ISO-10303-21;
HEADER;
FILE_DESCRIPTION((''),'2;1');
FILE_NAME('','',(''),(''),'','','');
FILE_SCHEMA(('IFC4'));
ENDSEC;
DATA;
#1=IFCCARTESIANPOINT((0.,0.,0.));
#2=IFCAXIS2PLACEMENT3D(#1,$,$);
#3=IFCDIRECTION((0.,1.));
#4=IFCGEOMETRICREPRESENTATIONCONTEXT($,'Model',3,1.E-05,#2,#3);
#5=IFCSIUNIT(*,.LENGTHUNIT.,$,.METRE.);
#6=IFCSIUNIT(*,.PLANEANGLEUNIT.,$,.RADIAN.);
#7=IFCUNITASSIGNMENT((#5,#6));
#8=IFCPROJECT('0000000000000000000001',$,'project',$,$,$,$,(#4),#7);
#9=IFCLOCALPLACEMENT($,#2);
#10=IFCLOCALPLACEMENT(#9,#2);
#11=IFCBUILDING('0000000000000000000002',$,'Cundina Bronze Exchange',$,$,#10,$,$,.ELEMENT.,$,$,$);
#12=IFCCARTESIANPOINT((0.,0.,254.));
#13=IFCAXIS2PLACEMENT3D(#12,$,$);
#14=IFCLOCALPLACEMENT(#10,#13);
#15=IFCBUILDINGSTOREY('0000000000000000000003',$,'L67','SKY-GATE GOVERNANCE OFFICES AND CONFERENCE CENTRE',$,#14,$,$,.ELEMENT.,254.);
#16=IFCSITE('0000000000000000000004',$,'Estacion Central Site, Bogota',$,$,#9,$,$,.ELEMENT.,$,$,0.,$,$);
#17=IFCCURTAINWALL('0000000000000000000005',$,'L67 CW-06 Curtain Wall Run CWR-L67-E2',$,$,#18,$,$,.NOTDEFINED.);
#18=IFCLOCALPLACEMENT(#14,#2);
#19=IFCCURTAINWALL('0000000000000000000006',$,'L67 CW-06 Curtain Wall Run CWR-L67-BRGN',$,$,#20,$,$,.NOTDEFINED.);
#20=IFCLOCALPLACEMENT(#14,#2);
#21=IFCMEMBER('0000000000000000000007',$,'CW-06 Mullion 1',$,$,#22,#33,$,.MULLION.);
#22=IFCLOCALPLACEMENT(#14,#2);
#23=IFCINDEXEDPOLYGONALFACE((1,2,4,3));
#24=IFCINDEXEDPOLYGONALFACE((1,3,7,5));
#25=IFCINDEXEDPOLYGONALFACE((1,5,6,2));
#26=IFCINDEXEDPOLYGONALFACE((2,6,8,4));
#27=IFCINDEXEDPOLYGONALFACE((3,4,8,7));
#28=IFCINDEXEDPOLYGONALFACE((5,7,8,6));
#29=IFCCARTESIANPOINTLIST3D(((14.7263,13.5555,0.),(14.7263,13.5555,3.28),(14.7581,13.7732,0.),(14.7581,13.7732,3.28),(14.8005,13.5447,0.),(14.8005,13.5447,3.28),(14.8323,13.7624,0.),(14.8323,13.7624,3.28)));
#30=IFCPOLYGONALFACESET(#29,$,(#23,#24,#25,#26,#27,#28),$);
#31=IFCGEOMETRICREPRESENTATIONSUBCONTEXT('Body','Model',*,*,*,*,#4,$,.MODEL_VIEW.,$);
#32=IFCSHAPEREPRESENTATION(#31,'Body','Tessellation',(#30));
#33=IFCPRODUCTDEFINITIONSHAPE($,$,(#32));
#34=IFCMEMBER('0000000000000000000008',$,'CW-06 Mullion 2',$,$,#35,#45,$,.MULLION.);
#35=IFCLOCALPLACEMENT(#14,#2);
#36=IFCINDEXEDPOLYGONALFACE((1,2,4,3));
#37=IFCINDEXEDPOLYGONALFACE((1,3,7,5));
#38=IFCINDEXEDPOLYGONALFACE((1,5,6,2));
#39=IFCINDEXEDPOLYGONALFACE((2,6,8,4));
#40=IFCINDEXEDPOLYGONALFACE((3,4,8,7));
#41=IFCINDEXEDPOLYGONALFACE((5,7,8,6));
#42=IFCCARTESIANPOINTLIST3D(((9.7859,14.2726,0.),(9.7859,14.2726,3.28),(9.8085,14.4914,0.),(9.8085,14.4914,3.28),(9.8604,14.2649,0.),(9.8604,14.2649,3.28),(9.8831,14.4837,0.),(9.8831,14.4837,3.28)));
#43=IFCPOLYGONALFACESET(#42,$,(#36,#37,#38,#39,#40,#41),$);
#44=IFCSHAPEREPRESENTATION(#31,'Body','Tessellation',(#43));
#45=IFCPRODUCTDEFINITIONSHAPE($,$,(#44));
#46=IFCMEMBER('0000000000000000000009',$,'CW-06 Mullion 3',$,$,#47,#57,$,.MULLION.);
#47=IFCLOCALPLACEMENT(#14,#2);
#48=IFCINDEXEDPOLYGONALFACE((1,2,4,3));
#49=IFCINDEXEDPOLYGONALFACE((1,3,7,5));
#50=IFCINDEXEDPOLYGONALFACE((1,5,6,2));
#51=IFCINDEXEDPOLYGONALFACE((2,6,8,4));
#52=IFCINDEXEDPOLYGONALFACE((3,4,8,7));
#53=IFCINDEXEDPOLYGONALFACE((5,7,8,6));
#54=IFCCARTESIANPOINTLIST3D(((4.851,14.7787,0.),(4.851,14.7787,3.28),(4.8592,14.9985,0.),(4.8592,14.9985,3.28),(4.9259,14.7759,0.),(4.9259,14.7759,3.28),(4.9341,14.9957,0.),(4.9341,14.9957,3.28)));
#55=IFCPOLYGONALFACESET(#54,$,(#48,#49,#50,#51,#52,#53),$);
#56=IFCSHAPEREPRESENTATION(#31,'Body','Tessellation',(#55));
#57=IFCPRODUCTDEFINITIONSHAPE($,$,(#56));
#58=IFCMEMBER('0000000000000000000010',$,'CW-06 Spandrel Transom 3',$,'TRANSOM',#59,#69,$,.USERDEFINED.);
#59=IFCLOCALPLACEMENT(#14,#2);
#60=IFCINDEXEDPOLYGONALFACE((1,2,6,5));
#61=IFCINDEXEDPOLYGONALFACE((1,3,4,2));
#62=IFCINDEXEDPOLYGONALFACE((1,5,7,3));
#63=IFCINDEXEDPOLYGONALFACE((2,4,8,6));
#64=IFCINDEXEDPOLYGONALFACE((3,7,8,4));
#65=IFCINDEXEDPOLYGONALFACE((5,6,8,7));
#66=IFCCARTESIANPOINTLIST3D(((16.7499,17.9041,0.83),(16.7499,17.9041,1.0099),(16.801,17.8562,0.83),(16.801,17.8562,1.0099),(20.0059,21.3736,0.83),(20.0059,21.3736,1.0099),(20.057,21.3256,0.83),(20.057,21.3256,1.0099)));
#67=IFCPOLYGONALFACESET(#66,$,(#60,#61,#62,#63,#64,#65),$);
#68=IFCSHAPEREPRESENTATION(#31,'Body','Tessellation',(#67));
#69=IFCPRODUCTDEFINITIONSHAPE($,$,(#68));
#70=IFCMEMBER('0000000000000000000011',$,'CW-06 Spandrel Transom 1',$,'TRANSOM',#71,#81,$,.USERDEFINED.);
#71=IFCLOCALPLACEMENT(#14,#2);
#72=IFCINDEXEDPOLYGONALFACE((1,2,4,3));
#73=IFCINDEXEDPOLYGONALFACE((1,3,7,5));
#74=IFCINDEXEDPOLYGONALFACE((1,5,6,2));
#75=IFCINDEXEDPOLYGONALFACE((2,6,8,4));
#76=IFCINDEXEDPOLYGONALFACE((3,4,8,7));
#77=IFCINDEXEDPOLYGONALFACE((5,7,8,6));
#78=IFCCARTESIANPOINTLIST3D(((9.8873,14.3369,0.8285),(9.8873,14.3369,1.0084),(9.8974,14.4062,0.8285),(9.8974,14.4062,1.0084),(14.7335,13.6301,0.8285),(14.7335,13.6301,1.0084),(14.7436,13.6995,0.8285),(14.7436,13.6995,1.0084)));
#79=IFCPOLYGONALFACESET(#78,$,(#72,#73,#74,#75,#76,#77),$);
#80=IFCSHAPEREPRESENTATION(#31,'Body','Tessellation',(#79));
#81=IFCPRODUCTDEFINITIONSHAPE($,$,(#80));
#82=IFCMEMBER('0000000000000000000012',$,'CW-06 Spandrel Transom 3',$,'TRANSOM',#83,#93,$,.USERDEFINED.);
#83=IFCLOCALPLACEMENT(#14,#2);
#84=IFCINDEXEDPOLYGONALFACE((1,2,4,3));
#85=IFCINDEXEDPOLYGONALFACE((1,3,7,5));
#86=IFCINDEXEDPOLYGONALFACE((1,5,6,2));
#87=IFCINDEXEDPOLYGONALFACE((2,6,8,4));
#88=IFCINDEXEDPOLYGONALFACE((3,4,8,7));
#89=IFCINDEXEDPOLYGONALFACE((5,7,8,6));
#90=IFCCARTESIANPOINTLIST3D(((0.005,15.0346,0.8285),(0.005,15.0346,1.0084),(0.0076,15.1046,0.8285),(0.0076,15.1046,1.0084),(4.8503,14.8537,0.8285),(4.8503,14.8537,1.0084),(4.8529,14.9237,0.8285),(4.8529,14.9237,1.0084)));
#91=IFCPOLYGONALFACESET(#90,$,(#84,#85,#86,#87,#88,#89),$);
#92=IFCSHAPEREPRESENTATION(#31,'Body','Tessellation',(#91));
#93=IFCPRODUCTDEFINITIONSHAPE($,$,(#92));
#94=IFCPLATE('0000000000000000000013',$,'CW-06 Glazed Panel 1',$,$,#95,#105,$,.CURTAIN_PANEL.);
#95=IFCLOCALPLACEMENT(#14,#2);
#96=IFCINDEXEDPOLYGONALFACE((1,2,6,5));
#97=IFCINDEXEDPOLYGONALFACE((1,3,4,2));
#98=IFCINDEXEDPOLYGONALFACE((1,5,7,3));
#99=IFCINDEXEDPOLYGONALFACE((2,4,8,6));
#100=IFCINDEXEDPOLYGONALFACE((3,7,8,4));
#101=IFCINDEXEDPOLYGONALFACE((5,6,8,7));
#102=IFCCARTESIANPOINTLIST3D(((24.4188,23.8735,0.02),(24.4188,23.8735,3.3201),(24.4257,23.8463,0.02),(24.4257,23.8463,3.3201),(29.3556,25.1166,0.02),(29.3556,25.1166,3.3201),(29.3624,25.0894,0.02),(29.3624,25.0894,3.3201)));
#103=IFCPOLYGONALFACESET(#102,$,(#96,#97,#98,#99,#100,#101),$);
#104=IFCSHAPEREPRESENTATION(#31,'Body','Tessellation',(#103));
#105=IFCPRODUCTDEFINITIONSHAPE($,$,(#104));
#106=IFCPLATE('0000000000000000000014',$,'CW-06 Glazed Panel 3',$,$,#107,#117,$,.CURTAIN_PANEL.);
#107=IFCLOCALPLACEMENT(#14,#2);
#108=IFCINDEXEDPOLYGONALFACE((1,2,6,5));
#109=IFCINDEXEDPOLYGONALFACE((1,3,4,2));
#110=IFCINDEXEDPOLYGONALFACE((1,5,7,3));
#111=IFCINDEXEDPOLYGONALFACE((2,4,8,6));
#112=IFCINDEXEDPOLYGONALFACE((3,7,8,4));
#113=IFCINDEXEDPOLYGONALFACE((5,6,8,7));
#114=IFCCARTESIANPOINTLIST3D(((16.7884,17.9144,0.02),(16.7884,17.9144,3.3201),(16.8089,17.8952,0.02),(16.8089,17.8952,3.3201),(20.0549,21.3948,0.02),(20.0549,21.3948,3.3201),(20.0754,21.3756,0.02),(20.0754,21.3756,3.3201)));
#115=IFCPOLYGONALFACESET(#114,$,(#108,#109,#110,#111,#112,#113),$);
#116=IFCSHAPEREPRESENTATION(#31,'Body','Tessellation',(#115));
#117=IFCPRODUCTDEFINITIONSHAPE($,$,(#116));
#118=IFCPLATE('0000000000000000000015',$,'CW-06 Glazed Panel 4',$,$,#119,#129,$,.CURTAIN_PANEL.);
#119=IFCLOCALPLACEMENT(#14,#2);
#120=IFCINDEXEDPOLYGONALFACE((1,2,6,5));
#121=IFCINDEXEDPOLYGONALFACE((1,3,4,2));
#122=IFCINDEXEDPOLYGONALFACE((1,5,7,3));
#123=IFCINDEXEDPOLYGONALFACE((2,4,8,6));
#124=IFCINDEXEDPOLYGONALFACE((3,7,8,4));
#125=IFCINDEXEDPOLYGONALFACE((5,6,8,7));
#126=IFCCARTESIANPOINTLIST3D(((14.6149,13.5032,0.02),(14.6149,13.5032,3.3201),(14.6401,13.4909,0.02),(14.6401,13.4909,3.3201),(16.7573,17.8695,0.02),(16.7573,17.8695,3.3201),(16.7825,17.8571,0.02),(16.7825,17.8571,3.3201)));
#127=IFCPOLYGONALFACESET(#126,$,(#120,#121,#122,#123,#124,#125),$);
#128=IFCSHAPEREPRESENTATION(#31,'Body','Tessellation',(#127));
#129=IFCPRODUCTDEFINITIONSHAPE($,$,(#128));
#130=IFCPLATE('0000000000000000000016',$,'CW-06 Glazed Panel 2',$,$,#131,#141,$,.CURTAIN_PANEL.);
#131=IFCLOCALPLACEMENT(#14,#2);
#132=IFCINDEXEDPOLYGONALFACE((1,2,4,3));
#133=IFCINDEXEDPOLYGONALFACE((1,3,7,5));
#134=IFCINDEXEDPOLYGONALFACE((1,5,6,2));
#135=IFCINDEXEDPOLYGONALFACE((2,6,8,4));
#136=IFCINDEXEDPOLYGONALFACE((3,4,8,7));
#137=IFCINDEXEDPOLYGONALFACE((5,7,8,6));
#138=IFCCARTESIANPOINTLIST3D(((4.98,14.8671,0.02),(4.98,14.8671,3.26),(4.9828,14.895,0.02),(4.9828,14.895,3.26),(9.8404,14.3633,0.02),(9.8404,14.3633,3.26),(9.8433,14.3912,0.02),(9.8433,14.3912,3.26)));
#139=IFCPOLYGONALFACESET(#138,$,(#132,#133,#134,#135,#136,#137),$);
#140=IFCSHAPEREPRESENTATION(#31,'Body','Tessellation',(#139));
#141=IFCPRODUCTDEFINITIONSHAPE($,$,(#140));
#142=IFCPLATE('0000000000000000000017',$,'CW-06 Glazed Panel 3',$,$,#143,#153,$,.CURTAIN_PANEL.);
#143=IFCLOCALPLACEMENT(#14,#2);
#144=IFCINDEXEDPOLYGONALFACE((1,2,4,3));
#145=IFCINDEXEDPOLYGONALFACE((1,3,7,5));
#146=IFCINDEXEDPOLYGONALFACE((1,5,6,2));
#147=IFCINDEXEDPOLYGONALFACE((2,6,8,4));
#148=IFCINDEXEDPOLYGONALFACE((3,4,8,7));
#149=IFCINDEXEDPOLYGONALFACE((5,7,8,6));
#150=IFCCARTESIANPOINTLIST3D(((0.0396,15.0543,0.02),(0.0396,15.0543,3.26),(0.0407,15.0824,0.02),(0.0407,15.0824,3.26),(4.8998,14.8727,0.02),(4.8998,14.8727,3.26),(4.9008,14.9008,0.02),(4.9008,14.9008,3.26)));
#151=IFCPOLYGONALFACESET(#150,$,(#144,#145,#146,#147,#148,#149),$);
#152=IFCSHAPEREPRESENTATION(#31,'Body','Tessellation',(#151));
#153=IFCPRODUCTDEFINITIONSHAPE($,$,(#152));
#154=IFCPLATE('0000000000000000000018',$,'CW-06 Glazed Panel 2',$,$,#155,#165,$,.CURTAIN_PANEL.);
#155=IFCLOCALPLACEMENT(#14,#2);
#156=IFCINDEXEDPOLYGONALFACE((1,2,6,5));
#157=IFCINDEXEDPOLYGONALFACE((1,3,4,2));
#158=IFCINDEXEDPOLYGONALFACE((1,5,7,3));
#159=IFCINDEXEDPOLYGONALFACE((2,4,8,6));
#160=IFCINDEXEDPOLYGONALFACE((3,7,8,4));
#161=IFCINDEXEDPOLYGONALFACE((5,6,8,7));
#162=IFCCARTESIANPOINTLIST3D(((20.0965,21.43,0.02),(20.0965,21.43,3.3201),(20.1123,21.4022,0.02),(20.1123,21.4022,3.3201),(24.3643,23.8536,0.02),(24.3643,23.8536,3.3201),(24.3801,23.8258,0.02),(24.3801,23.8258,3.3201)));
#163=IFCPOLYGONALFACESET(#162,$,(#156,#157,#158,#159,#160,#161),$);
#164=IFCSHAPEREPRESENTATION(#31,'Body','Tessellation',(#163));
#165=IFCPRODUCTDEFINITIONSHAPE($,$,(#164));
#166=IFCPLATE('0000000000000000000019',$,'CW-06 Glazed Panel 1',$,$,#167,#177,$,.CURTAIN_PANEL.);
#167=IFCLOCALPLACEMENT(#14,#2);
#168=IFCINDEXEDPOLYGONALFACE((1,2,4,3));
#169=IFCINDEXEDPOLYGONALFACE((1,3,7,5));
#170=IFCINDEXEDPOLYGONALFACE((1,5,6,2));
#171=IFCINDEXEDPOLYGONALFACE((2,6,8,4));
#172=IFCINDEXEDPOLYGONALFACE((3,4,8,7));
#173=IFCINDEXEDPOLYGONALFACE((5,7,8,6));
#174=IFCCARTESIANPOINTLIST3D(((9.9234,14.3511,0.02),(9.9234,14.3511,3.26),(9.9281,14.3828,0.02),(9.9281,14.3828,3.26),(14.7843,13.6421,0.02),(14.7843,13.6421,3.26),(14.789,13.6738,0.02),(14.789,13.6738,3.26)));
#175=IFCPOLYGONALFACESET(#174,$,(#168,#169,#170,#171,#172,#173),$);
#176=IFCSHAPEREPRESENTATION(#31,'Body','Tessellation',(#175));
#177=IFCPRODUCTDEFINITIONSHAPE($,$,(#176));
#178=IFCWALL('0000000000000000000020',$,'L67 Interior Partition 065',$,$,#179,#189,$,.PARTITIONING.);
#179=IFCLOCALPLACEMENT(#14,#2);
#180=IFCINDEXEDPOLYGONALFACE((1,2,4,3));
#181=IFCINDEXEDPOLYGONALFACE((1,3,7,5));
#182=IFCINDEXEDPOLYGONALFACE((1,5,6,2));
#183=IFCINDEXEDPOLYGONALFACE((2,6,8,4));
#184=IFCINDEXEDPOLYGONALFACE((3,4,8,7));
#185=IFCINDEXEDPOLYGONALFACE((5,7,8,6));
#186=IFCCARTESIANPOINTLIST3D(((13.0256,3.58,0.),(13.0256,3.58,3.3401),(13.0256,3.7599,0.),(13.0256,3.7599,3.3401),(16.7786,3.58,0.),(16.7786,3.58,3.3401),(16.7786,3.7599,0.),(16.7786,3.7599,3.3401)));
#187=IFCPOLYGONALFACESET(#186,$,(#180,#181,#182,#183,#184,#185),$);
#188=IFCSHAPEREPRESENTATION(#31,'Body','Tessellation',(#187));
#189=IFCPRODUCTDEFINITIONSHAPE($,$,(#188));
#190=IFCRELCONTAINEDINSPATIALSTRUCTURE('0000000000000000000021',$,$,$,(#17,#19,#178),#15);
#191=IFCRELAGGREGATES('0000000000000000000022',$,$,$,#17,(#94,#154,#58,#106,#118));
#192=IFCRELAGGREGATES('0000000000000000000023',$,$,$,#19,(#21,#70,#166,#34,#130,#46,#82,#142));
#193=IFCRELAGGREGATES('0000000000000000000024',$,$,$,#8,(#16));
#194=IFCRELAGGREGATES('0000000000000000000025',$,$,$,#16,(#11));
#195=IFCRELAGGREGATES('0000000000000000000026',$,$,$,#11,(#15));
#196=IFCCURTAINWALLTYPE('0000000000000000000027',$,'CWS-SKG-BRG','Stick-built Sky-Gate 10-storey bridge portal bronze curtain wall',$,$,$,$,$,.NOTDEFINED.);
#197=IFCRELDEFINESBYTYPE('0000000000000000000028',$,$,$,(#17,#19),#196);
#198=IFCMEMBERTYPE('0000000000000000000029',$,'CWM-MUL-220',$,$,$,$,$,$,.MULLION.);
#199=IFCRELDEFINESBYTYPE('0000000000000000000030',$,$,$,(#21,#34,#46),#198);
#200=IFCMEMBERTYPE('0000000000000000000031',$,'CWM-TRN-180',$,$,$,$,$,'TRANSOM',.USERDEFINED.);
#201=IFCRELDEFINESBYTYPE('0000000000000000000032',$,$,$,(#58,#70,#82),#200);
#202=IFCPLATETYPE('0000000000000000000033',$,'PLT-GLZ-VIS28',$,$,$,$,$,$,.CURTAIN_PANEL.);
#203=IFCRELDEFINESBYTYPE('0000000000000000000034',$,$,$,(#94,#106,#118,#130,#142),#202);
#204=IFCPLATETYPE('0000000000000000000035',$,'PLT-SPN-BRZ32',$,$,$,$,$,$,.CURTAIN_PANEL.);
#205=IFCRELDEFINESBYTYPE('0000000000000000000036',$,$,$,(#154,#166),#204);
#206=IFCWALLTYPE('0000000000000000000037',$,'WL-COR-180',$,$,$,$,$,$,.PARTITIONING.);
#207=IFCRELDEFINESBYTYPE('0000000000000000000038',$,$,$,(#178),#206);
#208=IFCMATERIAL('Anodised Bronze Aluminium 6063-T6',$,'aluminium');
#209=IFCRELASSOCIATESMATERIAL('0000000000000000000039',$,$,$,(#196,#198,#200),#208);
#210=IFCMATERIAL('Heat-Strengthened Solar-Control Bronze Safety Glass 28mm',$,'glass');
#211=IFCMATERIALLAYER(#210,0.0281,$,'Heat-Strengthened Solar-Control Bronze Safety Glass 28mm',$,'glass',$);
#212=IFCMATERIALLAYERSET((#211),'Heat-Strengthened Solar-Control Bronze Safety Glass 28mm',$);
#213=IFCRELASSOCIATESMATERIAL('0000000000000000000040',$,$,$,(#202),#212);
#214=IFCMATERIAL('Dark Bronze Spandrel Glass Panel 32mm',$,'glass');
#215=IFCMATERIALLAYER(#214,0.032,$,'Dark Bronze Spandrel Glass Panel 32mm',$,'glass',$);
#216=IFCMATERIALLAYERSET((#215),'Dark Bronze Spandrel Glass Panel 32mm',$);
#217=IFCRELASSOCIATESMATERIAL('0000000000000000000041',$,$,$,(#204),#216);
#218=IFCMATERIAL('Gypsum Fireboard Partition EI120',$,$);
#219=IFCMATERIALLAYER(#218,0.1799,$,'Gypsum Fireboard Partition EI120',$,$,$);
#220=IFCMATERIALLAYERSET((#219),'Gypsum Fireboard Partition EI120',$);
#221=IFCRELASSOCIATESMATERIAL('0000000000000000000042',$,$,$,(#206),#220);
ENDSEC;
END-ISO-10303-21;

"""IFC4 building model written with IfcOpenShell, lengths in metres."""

from ifc_helpers import new_model, si_unit, direction, frame, frame_2d, origin, origin_2d, place, context, subcontext, project, spatial, rectangle, extrude, material, layer, layer_set, material_profile, profile_set, type_object, element, aggregate, save


model = new_model("IFC4")

# Units and contexts
model_context = context("Model", 3, precision=1e-05, world=origin(), true_north=direction((0.0, 1.0)))
body_context = subcontext(model_context, "Body", "Model", "MODEL_VIEW")
ifc_project = project(units=[si_unit("LENGTHUNIT", "METRE"), si_unit("PLANEANGLEUNIT", "RADIAN")], contexts=[model_context])

# Site, building, storey
site_placement = place(None, origin())
site = spatial("IfcSite", under=ifc_project, at=site_placement, Name="Estacion Central Site, Bogota", CompositionType="ELEMENT", RefElevation=0.0)
building_placement = place(site_placement, origin())
building = spatial("IfcBuilding", under=site, at=building_placement, Name="Cundina Bronze Exchange", CompositionType="ELEMENT")
storey_placement = place(building_placement, frame((0.0, 0.0, 254.0)))
storey = spatial("IfcBuildingStorey", under=building, at=storey_placement, Name="L67", Description="SKY-GATE GOVERNANCE OFFICES AND CONFERENCE CENTRE", CompositionType="ELEMENT", Elevation=254.0)

# Curtain walls, members
ifc_material_1 = material(Name="Anodised Bronze Aluminium 6063-T6", Category="aluminium")
curtain_wall_type = type_object("IfcCurtainWallType", Name="CWS-SKG-BRG", Description="Stick-built Sky-Gate 10-storey bridge portal bronze curtain wall", PredefinedType="NOTDEFINED", material=ifc_material_1)
curtain_wall_1_placement = place(storey_placement, origin())
curtain_wall_1 = element("IfcCurtainWall", 1, at=curtain_wall_1_placement, inside=storey, type_object=curtain_wall_type, Name="L67 CW-06 Curtain Wall Run CWR-L67-E2", PredefinedType="NOTDEFINED")
ifc_material_profile_1 = material_profile(ifc_material_1, rectangle(XDim=0.075, YDim=0.22, at=origin_2d()), Name="AL75X220", Category="aluminium")
ifc_profile_set_1 = profile_set([ifc_material_profile_1], Name="Anodised Bronze Aluminium 6063-T6")
member_type_1 = type_object("IfcMemberType", Name="CWM-MUL-220", PredefinedType="MULLION", material=ifc_profile_set_1)
curtain_wall_2_placement = place(storey_placement, origin())
curtain_wall_2 = element("IfcCurtainWall", 2, at=curtain_wall_2_placement, inside=storey, type_object=curtain_wall_type, Name="L67 CW-06 Curtain Wall Run CWR-L67-BRGN", PredefinedType="NOTDEFINED")
member_1_placement = place(storey_placement, frame((14.7793, 13.6589, 0.0), z_axis=(0.0, 0.0, 1.0), x_axis=(-0.989526, 0.144356, 0.0)))
member_1 = element("IfcMember", 3, at=member_1_placement, type_object=member_type_1, Name="CW-06 Mullion 1", PredefinedType="MULLION", context=body_context, shape_type="SweptSolid", body=[
    extrude(rectangle(XDim=0.075, YDim=0.22, at=origin_2d()), origin(), (0.0, 0.0, 1.0), 3.28),
])
member_2_placement = place(storey_placement, frame((9.8345, 14.3782, 0.0), z_axis=(0.0, 0.0, 1.0), x_axis=(-0.994667, 0.10314, 0.0)))
member_2 = element("IfcMember", 4, at=member_2_placement, type_object=member_type_1, Name="CW-06 Mullion 2", PredefinedType="MULLION", context=body_context, shape_type="SweptSolid", body=[
    extrude(rectangle(XDim=0.075, YDim=0.22, at=origin_2d()), origin(), (0.0, 0.0, 1.0), 3.28),
])
member_3_placement = place(storey_placement, frame((4.8926, 14.8872, 0.0), z_axis=(0.0, 0.0, 1.0), x_axis=(-0.999303, 0.037341, 0.0)))
member_3 = element("IfcMember", 5, at=member_3_placement, type_object=member_type_1, Name="CW-06 Mullion 3", PredefinedType="MULLION", context=body_context, shape_type="SweptSolid", body=[
    extrude(rectangle(XDim=0.075, YDim=0.22, at=origin_2d()), origin(), (0.0, 0.0, 1.0), 3.28),
])

# Members
ifc_material_profile_2 = material_profile(ifc_material_1, rectangle(XDim=0.0701, YDim=0.1799, at=origin_2d()), Name="AL70X180", Category="aluminium")
ifc_profile_set_2 = profile_set([ifc_material_profile_2], Name="Anodised Bronze Aluminium 6063-T6")
member_type_2 = type_object("IfcMemberType", Name="CWM-TRN-180", ElementType="TRANSOM", PredefinedType="USERDEFINED", material=ifc_profile_set_2)
member_4_placement = place(storey_placement, frame((20.0315, 21.3496, 0.9199), z_axis=(-0.684328, -0.729174, 0.0), x_axis=(0.729174, -0.684328, 0.0)))
member_4 = element("IfcMember", 6, at=member_4_placement, type_object=member_type_2, Name="CW-06 Spandrel Transom 3", ObjectType="TRANSOM", PredefinedType="USERDEFINED", context=body_context, shape_type="SweptSolid", body=[
    extrude(rectangle(XDim=0.0701, YDim=0.1799, at=origin_2d()), origin(), (0.0, 0.0, 1.0), 4.7581),
])
member_5_placement = place(storey_placement, frame((14.7385, 13.6648, 0.9185), z_axis=(-0.989531, 0.144317, 0.0), x_axis=(-0.144317, -0.989531, 0.0)))
member_5 = element("IfcMember", 7, at=member_5_placement, type_object=member_type_2, Name="CW-06 Spandrel Transom 1", ObjectType="TRANSOM", PredefinedType="USERDEFINED", context=body_context, shape_type="SweptSolid", body=[
    extrude(rectangle(XDim=0.0701, YDim=0.1799, at=origin_2d()), origin(), (0.0, 0.0, 1.0), 4.8975),
])
member_6_placement = place(storey_placement, frame((4.8516, 14.8887, 0.9185), z_axis=(-0.999304, 0.037312, 0.0), x_axis=(-0.037312, -0.999304, 0.0)))
member_6 = element("IfcMember", 8, at=member_6_placement, type_object=member_type_2, Name="CW-06 Spandrel Transom 3", ObjectType="TRANSOM", PredefinedType="USERDEFINED", context=body_context, shape_type="SweptSolid", body=[
    extrude(rectangle(XDim=0.0701, YDim=0.1799, at=origin_2d()), origin(), (0.0, 0.0, 1.0), 4.8486),
])

# Plates
ifc_material_2 = material(Name="Heat-Strengthened Solar-Control Bronze Safety Glass 28mm", Category="glass")
ifc_layer_1 = layer(ifc_material_2, 0.0281, Name="Heat-Strengthened Solar-Control Bronze Safety Glass 28mm", Category="glass")
ifc_layer_set_1 = layer_set([ifc_layer_1], Name="Heat-Strengthened Solar-Control Bronze Safety Glass 28mm")
plate_type_1 = type_object("IfcPlateType", Name="PLT-GLZ-VIS28", PredefinedType="CURTAIN_PANEL", material=ifc_layer_set_1)
plate_1_placement = place(storey_placement, frame((26.8906, 24.4814, 0.02), z_axis=(0.0, 0.0, 1.0), x_axis=(-0.969732, -0.244174, 0.0)))
plate_1 = element("IfcPlate", 9, at=plate_1_placement, type_object=plate_type_1, Name="CW-06 Glazed Panel 1", PredefinedType="CURTAIN_PANEL", context=body_context, shape_type="SweptSolid", body=[
    extrude(rectangle(XDim=5.0908, YDim=0.0281, at=origin_2d()), origin(), (0.0, 0.0, 1.0), 3.3),
])
plate_2_placement = place(storey_placement, frame((18.4319, 19.645, 0.02), z_axis=(0.0, 0.0, 1.0), x_axis=(-0.684344, -0.72916, 0.0)))
plate_2 = element("IfcPlate", 10, at=plate_2_placement, type_object=plate_type_1, Name="CW-06 Glazed Panel 3", PredefinedType="CURTAIN_PANEL", context=body_context, shape_type="SweptSolid", body=[
    extrude(rectangle(XDim=4.7732, YDim=0.0281, at=origin_2d()), origin(), (0.0, 0.0, 1.0), 3.3),
])
plate_3_placement = place(storey_placement, frame((15.6987, 15.6802, 0.02), z_axis=(0.0, 0.0, 1.0), x_axis=(-0.440503, -0.897751, 0.0)))
plate_3 = element("IfcPlate", 11, at=plate_3_placement, type_object=plate_type_1, Name="CW-06 Glazed Panel 4", PredefinedType="CURTAIN_PANEL", context=body_context, shape_type="SweptSolid", body=[
    extrude(rectangle(XDim=4.8635, YDim=0.0281, at=origin_2d()), origin(), (0.0, 0.0, 1.0), 3.3),
])
plate_4_placement = place(storey_placement, frame((7.4116, 14.6292, 0.02), z_axis=(0.0, 0.0, 1.0), x_axis=(-0.994672, 0.103088, 0.0)))
plate_4 = element("IfcPlate", 12, at=plate_4_placement, type_object=plate_type_1, Name="CW-06 Glazed Panel 2", PredefinedType="CURTAIN_PANEL", context=body_context, shape_type="SweptSolid", body=[
    extrude(rectangle(XDim=4.8865, YDim=0.0281, at=origin_2d()), origin(), (0.0, 0.0, 1.0), 3.24),
])
plate_5_placement = place(storey_placement, frame((2.4702, 14.9775, 0.02), z_axis=(0.0, 0.0, 1.0), x_axis=(-0.999303, 0.037341, 0.0)))
plate_5 = element("IfcPlate", 13, at=plate_5_placement, type_object=plate_type_1, Name="CW-06 Glazed Panel 3", PredefinedType="CURTAIN_PANEL", context=body_context, shape_type="SweptSolid", body=[
    extrude(rectangle(XDim=4.8635, YDim=0.0281, at=origin_2d()), origin(), (0.0, 0.0, 1.0), 3.24),
])
ifc_material_3 = material(Name="Dark Bronze Spandrel Glass Panel 32mm", Category="glass")
ifc_layer_2 = layer(ifc_material_3, 0.032, Name="Dark Bronze Spandrel Glass Panel 32mm", Category="glass")
ifc_layer_set_2 = layer_set([ifc_layer_2], Name="Dark Bronze Spandrel Glass Panel 32mm")
plate_type_2 = type_object("IfcPlateType", Name="PLT-SPN-BRZ32", PredefinedType="CURTAIN_PANEL", material=ifc_layer_set_2)
plate_6_placement = place(storey_placement, frame((22.2383, 22.6279, 0.02), z_axis=(0.0, 0.0, 1.0), x_axis=(-0.869573, -0.493805, 0.0)))
plate_6 = element("IfcPlate", 14, at=plate_6_placement, type_object=plate_type_2, Name="CW-06 Glazed Panel 2", PredefinedType="CURTAIN_PANEL", context=body_context, shape_type="SweptSolid", body=[
    extrude(rectangle(XDim=4.908, YDim=0.032, at=origin_2d()), origin(), (0.0, 0.0, 1.0), 3.3),
])
aggregate(curtain_wall_1, [plate_1, plate_6, member_4, plate_2, plate_3])
plate_7_placement = place(storey_placement, frame((12.3562, 14.0125, 0.02), z_axis=(0.0, 0.0, 1.0), x_axis=(-0.989528, 0.144339, 0.0)))
plate_7 = element("IfcPlate", 15, at=plate_7_placement, type_object=plate_type_2, Name="CW-06 Glazed Panel 1", PredefinedType="CURTAIN_PANEL", context=body_context, shape_type="SweptSolid", body=[
    extrude(rectangle(XDim=4.9124, YDim=0.032, at=origin_2d()), origin(), (0.0, 0.0, 1.0), 3.24),
])
aggregate(curtain_wall_2, [member_1, member_5, plate_7, member_2, plate_4, member_3, member_6, plate_5])

# Wall
ifc_material_4 = material(Name="Gypsum Fireboard Partition EI120")
ifc_layer_3 = layer(ifc_material_4, 0.1799, Name="Gypsum Fireboard Partition EI120")
ifc_layer_set_3 = layer_set([ifc_layer_3], Name="Gypsum Fireboard Partition EI120")
wall_type_1 = type_object("IfcWallType", Name="WL-COR-180", PredefinedType="PARTITIONING", material=ifc_layer_set_3)
wall_1_placement = place(storey_placement, frame((16.7786, 3.6699, 0.0), z_axis=(0.0, 0.0, 1.0), x_axis=(-1.0, 0.0, 0.0)))
element("IfcWall", 16, at=wall_1_placement, inside=storey, type_object=wall_type_1, Name="L67 Interior Partition 065", PredefinedType="PARTITIONING", context=body_context, shape_type="SweptSolid", body=[
    extrude(rectangle(XDim=3.7529, YDim=0.1799, at=frame_2d((1.8765, 0.0))), origin(), (0.0, 0.0, 1.0), 3.3401),
])

save(model, "model.ifc")
